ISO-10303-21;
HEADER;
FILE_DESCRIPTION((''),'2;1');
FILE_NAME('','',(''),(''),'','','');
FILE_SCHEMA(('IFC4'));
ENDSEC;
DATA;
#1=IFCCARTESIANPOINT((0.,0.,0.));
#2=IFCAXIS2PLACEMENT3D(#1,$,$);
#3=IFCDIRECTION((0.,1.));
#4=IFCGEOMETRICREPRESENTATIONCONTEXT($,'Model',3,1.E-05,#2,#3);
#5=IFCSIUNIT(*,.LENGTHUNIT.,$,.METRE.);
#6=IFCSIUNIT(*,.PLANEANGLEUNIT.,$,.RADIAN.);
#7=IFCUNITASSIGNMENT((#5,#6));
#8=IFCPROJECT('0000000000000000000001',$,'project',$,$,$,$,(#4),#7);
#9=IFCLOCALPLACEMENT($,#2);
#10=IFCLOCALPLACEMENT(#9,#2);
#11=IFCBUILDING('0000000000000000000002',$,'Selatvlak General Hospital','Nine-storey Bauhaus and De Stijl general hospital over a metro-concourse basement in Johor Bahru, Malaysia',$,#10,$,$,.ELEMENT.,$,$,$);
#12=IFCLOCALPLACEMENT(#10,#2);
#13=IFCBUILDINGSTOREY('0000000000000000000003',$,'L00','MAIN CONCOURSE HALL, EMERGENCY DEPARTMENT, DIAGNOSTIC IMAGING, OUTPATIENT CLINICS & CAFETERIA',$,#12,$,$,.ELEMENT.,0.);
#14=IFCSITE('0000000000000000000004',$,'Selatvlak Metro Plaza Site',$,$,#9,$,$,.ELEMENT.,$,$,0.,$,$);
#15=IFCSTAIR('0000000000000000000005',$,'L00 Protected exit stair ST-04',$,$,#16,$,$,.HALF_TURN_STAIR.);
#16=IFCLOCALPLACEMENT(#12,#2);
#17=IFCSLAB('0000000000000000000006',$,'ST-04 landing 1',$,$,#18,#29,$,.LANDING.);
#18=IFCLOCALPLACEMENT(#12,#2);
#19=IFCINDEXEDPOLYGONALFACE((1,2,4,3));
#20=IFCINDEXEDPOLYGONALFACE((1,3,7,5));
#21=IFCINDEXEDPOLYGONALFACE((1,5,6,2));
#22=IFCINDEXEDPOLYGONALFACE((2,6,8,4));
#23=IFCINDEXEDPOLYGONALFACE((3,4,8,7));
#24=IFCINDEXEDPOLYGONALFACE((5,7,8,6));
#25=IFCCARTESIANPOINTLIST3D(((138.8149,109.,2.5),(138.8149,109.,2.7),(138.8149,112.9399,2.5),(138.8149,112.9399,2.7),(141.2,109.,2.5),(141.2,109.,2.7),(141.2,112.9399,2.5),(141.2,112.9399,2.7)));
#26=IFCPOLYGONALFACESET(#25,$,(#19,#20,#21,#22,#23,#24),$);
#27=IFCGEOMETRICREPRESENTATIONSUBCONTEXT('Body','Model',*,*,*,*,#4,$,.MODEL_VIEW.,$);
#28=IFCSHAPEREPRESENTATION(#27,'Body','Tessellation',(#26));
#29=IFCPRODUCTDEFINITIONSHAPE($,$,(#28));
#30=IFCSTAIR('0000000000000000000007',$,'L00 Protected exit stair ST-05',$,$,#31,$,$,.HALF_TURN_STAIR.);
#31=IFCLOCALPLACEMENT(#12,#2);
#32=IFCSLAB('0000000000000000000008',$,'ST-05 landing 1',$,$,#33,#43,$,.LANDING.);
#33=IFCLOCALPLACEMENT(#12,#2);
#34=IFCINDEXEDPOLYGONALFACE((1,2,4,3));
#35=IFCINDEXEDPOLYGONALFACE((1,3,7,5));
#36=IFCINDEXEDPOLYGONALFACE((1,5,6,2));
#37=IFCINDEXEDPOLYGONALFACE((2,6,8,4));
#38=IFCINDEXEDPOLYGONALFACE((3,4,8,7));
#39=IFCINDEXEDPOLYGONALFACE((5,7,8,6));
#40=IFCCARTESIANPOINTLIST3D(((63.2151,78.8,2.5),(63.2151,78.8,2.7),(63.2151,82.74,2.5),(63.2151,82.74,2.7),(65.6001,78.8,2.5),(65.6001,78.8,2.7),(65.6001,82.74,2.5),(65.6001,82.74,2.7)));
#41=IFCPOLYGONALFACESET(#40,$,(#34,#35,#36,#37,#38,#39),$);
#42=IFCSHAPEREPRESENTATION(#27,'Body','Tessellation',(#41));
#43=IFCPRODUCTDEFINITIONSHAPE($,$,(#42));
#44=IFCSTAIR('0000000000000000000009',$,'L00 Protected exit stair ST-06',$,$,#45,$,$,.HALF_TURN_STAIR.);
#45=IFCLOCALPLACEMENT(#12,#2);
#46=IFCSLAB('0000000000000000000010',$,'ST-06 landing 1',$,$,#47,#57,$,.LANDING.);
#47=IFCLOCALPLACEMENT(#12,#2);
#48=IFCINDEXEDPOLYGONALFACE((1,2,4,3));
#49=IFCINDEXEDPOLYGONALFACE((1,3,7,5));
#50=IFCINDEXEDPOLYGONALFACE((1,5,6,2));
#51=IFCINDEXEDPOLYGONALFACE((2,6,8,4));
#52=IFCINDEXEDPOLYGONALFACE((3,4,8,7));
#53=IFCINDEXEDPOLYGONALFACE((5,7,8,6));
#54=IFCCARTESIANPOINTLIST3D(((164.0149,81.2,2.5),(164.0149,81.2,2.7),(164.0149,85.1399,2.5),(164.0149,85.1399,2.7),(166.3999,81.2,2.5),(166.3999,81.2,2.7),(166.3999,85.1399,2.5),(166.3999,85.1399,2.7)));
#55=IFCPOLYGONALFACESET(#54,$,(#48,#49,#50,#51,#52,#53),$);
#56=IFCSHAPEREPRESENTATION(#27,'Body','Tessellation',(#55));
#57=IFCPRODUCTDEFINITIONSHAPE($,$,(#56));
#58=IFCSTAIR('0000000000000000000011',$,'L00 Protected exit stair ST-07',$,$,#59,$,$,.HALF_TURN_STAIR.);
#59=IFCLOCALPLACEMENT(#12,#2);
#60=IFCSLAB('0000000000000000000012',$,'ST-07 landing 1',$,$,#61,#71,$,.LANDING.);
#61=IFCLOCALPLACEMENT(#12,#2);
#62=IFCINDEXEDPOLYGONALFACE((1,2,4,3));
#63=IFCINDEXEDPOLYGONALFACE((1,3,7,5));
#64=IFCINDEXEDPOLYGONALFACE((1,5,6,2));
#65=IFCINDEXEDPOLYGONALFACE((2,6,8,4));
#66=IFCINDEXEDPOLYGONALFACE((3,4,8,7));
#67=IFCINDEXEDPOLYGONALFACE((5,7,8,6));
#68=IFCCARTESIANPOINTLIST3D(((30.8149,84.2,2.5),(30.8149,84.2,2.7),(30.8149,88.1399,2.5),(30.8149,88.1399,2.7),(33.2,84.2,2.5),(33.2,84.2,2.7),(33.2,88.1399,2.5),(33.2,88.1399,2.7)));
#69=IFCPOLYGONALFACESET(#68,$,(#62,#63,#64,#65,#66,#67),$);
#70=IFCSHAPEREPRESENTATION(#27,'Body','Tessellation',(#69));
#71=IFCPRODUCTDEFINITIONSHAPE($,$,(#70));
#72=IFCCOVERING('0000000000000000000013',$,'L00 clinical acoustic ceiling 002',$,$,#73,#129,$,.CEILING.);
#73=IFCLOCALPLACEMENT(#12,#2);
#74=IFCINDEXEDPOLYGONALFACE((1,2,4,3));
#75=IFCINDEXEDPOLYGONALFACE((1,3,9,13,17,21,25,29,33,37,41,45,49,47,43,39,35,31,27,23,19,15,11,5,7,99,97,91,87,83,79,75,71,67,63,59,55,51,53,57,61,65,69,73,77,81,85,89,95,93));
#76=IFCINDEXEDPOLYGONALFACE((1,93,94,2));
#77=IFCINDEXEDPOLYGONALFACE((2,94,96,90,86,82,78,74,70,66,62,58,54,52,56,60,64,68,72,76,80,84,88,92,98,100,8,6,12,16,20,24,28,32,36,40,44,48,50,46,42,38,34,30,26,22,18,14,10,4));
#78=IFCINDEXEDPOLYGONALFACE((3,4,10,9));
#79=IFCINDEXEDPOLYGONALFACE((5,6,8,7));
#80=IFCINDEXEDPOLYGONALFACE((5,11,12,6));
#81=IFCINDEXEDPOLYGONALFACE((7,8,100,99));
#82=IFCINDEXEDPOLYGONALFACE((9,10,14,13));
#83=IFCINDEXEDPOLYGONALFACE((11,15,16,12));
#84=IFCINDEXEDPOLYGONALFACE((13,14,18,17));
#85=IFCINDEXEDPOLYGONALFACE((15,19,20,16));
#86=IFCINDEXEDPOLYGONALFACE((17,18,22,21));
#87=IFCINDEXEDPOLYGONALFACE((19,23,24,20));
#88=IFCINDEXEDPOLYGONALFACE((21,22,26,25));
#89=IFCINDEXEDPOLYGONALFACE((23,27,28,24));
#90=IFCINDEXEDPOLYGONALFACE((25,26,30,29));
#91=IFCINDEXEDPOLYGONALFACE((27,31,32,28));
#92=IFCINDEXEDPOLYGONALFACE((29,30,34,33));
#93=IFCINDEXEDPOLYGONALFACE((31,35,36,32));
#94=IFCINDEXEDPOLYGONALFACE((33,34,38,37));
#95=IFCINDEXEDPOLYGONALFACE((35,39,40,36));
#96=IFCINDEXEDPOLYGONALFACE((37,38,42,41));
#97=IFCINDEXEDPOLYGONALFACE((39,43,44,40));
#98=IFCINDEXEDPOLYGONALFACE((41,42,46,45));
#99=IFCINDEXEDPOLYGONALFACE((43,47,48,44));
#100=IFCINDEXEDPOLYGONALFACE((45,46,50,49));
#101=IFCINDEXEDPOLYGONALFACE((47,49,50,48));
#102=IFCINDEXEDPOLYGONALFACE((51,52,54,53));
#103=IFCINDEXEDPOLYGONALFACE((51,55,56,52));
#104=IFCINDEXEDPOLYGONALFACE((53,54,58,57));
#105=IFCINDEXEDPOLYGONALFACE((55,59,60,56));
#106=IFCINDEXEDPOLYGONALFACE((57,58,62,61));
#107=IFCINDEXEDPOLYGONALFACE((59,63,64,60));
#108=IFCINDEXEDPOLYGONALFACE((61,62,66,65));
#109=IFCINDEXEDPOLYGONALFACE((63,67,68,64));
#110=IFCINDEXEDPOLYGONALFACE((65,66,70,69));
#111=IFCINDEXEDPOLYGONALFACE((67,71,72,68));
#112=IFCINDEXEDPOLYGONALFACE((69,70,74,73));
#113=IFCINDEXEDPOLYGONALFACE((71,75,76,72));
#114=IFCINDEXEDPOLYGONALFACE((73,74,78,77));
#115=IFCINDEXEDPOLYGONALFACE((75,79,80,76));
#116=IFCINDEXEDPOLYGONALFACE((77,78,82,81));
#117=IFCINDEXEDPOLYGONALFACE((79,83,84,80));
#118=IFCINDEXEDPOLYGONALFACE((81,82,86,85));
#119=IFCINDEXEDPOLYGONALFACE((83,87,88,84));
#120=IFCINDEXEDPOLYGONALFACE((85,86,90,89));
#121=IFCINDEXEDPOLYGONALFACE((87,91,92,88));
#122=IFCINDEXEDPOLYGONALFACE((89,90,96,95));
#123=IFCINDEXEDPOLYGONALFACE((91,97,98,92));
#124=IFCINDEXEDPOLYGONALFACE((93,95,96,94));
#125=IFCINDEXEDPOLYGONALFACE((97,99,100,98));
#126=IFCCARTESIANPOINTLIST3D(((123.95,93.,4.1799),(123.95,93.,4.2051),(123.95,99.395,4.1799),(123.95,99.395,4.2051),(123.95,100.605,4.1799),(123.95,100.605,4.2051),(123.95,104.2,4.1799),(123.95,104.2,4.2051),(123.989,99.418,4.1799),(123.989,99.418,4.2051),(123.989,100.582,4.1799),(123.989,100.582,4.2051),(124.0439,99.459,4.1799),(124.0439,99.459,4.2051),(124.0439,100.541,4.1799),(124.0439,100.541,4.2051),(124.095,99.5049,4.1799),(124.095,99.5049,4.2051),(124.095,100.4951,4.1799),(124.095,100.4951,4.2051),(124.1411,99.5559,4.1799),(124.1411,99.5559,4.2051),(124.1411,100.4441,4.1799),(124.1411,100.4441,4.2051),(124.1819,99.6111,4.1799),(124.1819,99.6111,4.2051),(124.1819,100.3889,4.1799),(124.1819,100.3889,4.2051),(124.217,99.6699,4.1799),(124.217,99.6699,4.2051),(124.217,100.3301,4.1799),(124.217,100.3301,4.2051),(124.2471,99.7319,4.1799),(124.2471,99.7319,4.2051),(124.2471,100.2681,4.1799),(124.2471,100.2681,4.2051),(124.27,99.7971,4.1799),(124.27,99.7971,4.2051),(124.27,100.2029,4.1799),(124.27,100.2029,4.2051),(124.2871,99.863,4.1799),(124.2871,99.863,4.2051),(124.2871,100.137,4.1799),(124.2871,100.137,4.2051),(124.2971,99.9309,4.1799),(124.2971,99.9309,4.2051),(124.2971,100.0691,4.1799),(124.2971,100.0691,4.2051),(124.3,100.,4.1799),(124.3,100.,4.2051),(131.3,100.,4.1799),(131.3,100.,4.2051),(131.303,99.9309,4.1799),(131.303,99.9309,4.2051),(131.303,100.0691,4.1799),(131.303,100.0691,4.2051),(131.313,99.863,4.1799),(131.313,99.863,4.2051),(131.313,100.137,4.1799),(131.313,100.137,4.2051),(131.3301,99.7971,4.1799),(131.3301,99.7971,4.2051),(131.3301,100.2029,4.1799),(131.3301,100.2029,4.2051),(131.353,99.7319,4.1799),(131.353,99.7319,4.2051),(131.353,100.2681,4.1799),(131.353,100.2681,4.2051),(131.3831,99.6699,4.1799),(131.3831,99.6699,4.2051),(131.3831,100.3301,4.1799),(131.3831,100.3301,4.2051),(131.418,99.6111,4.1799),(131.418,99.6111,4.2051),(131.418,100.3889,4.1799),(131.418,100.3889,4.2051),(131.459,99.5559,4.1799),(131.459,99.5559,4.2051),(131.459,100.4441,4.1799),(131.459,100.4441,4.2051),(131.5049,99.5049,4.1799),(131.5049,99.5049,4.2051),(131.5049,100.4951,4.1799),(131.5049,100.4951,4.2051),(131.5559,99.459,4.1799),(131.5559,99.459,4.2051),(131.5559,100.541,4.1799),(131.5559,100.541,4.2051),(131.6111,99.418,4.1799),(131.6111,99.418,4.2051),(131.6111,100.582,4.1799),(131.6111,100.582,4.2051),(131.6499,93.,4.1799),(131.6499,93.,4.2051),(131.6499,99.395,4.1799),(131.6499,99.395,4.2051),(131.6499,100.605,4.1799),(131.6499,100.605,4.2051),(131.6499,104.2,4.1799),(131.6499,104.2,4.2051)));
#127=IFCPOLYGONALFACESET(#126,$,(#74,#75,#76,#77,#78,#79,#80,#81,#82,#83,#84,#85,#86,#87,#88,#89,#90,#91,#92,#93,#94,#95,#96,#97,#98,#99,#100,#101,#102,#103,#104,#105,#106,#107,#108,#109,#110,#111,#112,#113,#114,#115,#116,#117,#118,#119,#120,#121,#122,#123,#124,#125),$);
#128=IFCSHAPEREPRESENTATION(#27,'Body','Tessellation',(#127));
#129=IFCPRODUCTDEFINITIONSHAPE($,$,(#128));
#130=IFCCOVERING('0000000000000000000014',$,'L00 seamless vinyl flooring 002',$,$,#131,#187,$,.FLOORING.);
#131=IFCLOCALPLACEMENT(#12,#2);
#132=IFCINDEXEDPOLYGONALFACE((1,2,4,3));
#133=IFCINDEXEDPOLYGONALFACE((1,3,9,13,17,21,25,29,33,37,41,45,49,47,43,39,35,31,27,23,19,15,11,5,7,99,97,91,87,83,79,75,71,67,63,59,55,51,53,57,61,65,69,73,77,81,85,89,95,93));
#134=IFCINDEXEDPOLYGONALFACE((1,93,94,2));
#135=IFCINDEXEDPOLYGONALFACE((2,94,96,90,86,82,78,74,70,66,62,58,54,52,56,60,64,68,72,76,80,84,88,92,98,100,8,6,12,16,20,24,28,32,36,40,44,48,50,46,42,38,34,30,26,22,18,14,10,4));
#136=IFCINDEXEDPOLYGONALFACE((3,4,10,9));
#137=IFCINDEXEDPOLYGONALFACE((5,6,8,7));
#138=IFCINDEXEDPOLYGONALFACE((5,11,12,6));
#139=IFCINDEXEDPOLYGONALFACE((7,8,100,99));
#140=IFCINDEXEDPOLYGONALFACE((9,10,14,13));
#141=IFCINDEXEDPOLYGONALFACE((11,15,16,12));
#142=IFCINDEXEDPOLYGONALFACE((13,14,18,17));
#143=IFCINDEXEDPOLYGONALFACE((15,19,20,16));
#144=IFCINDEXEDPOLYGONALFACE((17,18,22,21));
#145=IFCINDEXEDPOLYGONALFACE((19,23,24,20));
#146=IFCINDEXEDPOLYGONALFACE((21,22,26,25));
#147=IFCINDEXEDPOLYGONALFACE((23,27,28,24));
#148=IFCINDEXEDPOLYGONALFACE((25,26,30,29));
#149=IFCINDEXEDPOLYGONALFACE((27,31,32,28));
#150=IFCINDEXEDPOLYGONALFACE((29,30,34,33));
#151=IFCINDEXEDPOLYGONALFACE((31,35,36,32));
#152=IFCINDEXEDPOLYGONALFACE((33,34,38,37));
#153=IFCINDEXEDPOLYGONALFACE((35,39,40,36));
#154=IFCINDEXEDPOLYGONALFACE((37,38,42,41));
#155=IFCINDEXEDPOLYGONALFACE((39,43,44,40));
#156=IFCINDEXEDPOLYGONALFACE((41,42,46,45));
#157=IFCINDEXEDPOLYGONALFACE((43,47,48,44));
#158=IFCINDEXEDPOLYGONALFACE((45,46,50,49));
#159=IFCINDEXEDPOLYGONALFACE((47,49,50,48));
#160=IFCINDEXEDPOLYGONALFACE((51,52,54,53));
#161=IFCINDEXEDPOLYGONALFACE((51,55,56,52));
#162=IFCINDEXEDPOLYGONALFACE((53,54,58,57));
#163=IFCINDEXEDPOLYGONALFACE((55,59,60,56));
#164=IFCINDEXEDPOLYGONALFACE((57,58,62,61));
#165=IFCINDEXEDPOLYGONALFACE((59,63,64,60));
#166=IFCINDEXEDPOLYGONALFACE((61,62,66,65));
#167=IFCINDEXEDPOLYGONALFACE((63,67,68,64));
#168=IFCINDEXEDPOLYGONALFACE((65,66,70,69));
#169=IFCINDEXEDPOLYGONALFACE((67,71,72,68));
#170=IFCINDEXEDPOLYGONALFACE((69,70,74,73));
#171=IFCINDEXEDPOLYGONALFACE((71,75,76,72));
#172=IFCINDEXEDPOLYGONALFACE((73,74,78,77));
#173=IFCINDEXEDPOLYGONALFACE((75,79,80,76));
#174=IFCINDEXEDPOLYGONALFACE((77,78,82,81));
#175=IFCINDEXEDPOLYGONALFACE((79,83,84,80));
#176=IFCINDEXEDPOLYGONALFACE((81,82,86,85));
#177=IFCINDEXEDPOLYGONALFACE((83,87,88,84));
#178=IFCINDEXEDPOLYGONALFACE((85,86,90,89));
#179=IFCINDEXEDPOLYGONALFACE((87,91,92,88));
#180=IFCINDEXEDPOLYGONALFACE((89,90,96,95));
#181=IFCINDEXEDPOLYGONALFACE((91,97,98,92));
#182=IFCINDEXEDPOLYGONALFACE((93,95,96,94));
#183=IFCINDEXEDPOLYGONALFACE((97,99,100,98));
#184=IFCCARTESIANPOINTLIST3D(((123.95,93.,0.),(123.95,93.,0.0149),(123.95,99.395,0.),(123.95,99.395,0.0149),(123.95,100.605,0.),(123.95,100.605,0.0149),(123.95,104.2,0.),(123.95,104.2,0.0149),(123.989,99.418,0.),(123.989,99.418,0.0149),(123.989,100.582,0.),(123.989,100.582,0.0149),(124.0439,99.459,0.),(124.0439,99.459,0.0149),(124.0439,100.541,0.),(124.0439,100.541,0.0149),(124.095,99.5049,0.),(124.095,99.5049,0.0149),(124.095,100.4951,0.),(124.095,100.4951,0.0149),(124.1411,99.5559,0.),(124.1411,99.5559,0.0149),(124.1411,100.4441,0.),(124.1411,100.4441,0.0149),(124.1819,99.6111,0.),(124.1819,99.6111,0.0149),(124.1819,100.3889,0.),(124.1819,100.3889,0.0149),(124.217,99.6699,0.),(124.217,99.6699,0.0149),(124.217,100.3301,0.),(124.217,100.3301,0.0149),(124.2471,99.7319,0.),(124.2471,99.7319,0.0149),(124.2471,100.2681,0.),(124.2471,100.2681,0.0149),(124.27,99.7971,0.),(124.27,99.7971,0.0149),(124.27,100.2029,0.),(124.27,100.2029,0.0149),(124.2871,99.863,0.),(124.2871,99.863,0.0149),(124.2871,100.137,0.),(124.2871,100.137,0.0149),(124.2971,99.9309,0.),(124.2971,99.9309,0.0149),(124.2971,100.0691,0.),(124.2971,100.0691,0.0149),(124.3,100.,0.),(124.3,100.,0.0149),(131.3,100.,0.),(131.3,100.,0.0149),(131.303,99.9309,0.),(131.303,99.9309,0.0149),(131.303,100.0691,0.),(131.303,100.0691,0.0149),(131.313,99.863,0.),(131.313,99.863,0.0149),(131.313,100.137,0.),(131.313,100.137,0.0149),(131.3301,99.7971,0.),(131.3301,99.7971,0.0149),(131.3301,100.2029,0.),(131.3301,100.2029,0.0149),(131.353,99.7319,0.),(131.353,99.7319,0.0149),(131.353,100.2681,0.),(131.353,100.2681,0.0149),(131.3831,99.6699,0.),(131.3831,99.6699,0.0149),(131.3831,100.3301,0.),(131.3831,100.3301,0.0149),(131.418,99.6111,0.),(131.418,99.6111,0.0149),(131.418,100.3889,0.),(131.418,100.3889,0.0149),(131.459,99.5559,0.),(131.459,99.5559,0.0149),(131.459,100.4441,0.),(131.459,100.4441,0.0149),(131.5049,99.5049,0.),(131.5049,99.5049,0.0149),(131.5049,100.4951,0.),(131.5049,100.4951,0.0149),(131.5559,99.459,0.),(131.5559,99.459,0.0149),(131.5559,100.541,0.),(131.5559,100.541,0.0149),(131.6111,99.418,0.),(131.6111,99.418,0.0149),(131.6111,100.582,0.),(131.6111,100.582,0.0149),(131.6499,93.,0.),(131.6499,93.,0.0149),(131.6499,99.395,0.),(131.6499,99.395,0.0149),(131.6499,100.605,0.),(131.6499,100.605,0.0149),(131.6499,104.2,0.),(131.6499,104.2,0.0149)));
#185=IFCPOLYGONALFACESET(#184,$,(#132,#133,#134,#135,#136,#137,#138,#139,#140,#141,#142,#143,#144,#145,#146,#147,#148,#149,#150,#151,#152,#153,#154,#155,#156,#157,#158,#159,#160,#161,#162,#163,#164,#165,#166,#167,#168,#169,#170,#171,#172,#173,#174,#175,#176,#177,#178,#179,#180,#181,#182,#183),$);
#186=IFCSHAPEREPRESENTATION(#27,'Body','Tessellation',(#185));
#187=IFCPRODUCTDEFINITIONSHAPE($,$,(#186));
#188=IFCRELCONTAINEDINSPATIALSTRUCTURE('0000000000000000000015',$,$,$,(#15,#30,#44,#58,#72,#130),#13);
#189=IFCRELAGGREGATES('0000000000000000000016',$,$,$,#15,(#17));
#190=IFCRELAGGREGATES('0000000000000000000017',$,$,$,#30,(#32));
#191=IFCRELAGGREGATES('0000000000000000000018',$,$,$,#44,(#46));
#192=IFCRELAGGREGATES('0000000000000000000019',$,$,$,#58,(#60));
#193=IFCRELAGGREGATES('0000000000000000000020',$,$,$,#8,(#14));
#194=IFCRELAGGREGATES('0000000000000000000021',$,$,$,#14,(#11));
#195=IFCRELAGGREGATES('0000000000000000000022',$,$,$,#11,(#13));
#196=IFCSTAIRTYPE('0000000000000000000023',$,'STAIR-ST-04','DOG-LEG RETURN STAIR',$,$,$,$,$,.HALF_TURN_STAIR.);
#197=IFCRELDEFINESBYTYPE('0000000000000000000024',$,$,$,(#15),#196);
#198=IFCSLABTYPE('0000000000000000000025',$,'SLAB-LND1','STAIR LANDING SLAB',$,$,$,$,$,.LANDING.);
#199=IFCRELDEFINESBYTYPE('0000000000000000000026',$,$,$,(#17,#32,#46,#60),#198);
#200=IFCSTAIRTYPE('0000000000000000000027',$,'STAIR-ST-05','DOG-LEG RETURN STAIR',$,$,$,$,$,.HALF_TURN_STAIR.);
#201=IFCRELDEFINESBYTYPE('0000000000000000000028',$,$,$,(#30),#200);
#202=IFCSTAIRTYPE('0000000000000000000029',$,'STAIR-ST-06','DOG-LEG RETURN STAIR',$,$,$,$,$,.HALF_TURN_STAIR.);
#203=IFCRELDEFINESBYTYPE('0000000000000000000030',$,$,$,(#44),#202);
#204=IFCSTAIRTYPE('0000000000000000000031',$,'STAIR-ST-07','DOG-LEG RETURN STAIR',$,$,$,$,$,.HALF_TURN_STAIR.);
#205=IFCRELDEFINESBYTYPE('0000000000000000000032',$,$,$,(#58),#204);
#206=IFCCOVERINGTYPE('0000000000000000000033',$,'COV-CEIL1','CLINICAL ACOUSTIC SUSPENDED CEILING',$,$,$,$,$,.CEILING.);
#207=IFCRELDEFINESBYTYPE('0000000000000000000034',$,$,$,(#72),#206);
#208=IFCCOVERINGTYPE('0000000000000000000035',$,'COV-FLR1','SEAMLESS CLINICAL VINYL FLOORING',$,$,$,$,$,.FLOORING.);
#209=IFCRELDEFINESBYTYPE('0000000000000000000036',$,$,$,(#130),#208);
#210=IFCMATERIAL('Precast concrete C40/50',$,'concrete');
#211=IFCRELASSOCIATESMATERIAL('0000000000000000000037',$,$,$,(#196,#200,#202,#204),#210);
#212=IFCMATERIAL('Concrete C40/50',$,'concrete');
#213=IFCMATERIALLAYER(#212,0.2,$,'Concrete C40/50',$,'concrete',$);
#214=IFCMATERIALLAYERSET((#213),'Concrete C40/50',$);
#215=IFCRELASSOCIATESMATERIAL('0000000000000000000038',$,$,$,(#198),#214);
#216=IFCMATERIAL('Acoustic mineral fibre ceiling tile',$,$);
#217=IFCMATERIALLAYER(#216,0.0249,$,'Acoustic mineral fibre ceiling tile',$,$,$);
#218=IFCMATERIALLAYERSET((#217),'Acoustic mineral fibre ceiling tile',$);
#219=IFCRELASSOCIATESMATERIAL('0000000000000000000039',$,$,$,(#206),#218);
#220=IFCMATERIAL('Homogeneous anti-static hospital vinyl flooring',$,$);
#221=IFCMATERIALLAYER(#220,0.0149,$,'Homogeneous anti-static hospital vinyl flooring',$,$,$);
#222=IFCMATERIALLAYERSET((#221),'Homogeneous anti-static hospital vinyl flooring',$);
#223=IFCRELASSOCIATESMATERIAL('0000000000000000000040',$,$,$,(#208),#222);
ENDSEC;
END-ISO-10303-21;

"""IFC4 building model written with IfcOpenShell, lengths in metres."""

from ifc_helpers import new_model, si_unit, direction, frame, origin, place, context, subcontext, project, spatial, polyline, outline, extrude, material, layer, layer_set, type_object, element, aggregate, save


model = new_model("IFC4")

# Units and contexts
model_context = context("Model", 3, precision=1e-05, world=origin(), true_north=direction((0.0, 1.0)))
body_context = subcontext(model_context, "Body", "Model", "MODEL_VIEW")
ifc_project = project(units=[si_unit("LENGTHUNIT", "METRE"), si_unit("PLANEANGLEUNIT", "RADIAN")], contexts=[model_context])

# Site, building, storey
site_placement = place(None, origin())
site = spatial("IfcSite", under=ifc_project, at=site_placement, Name="Selatvlak Metro Plaza Site", CompositionType="ELEMENT", RefElevation=0.0)
building_placement = place(site_placement, origin())
building = spatial("IfcBuilding", under=site, at=building_placement, Name="Selatvlak General Hospital", Description="Nine-storey Bauhaus and De Stijl general hospital over a metro-concourse basement in Johor Bahru, Malaysia", CompositionType="ELEMENT")
storey_placement = place(building_placement, origin())
storey = spatial("IfcBuildingStorey", under=building, at=storey_placement, Name="L00", Description="MAIN CONCOURSE HALL, EMERGENCY DEPARTMENT, DIAGNOSTIC IMAGING, OUTPATIENT CLINICS & CAFETERIA", CompositionType="ELEMENT", Elevation=0.0)

# Stairs, slabs
ifc_material_1 = material(Name="Precast concrete C40/50", Category="concrete")
stair_type_1 = type_object("IfcStairType", Name="STAIR-ST-04", Description="DOG-LEG RETURN STAIR", PredefinedType="HALF_TURN_STAIR", material=ifc_material_1)
stair_1_placement = place(storey_placement, origin())
stair_1 = element("IfcStair", 1, at=stair_1_placement, inside=storey, type_object=stair_type_1, Name="L00 Protected exit stair ST-04", PredefinedType="HALF_TURN_STAIR")
ifc_material_2 = material(Name="Concrete C40/50", Category="concrete")
ifc_layer_1 = layer(ifc_material_2, 0.2, Name="Concrete C40/50", Category="concrete")
ifc_layer_set_1 = layer_set([ifc_layer_1], Name="Concrete C40/50")
slab_type = type_object("IfcSlabType", Name="SLAB-LND1", Description="STAIR LANDING SLAB", PredefinedType="LANDING", material=ifc_layer_set_1)
slab_1_placement = place(storey_placement, frame((0.0, 0.0, 2.5)))
slab_1 = element("IfcSlab", 2, at=slab_1_placement, type_object=slab_type, Name="ST-04 landing 1", PredefinedType="LANDING", context=body_context, shape_type="SweptSolid", body=[
    extrude(outline(polyline([(138.8149, 109.0), (141.2, 109.0), (141.2, 112.9399), (138.8149, 112.9399), (138.8149, 109.0)])), origin(), (0.0, 0.0, 1.0), 0.2),
])
aggregate(stair_1, [slab_1])
stair_type_2 = type_object("IfcStairType", Name="STAIR-ST-05", Description="DOG-LEG RETURN STAIR", PredefinedType="HALF_TURN_STAIR", material=ifc_material_1)
stair_2_placement = place(storey_placement, origin())
stair_2 = element("IfcStair", 3, at=stair_2_placement, inside=storey, type_object=stair_type_2, Name="L00 Protected exit stair ST-05", PredefinedType="HALF_TURN_STAIR")
slab_2_placement = place(storey_placement, frame((0.0, 0.0, 2.5)))
slab_2 = element("IfcSlab", 4, at=slab_2_placement, type_object=slab_type, Name="ST-05 landing 1", PredefinedType="LANDING", context=body_context, shape_type="SweptSolid", body=[
    extrude(outline(polyline([(63.2151, 78.8), (65.6001, 78.8), (65.6001, 82.74), (63.2151, 82.74), (63.2151, 78.8)])), origin(), (0.0, 0.0, 1.0), 0.2),
])
aggregate(stair_2, [slab_2])
stair_type_3 = type_object("IfcStairType", Name="STAIR-ST-06", Description="DOG-LEG RETURN STAIR", PredefinedType="HALF_TURN_STAIR", material=ifc_material_1)
stair_3_placement = place(storey_placement, origin())
stair_3 = element("IfcStair", 5, at=stair_3_placement, inside=storey, type_object=stair_type_3, Name="L00 Protected exit stair ST-06", PredefinedType="HALF_TURN_STAIR")
slab_3_placement = place(storey_placement, frame((0.0, 0.0, 2.5)))
slab_3 = element("IfcSlab", 6, at=slab_3_placement, type_object=slab_type, Name="ST-06 landing 1", PredefinedType="LANDING", context=body_context, shape_type="SweptSolid", body=[
    extrude(outline(polyline([(164.0149, 81.2), (166.3999, 81.2), (166.3999, 85.1399), (164.0149, 85.1399), (164.0149, 81.2)])), origin(), (0.0, 0.0, 1.0), 0.2),
])
aggregate(stair_3, [slab_3])
stair_type_4 = type_object("IfcStairType", Name="STAIR-ST-07", Description="DOG-LEG RETURN STAIR", PredefinedType="HALF_TURN_STAIR", material=ifc_material_1)
stair_4_placement = place(storey_placement, origin())
stair_4 = element("IfcStair", 7, at=stair_4_placement, inside=storey, type_object=stair_type_4, Name="L00 Protected exit stair ST-07", PredefinedType="HALF_TURN_STAIR")
slab_4_placement = place(storey_placement, frame((0.0, 0.0, 2.5)))
slab_4 = element("IfcSlab", 8, at=slab_4_placement, type_object=slab_type, Name="ST-07 landing 1", PredefinedType="LANDING", context=body_context, shape_type="SweptSolid", body=[
    extrude(outline(polyline([(30.8149, 84.2), (33.2, 84.2), (33.2, 88.1399), (30.8149, 88.1399), (30.8149, 84.2)])), origin(), (0.0, 0.0, 1.0), 0.2),
])
aggregate(stair_4, [slab_4])

# Coverings
ifc_material_3 = material(Name="Acoustic mineral fibre ceiling tile")
ifc_layer_2 = layer(ifc_material_3, 0.0249, Name="Acoustic mineral fibre ceiling tile")
ifc_layer_set_2 = layer_set([ifc_layer_2], Name="Acoustic mineral fibre ceiling tile")
covering_type_1 = type_object("IfcCoveringType", Name="COV-CEIL1", Description="CLINICAL ACOUSTIC SUSPENDED CEILING", PredefinedType="CEILING", material=ifc_layer_set_2)
covering_1_placement = place(storey_placement, frame((0.0, 0.0, 4.1799)))
element("IfcCovering", 9, at=covering_1_placement, inside=storey, type_object=covering_type_1, Name="L00 clinical acoustic ceiling 002", PredefinedType="CEILING", context=body_context, shape_type="SweptSolid", body=[
    extrude(outline(polyline([(131.6499, 104.2), (131.6499, 100.605), (131.6111, 100.582), (131.5559, 100.541), (131.5049, 100.4951), (131.459, 100.4441), (131.418, 100.3889), (131.3831, 100.3301), (131.353, 100.2681), (131.3301, 100.2029), (131.313, 100.137), (131.303, 100.0691), (131.3, 100.0), (131.303, 99.9309), (131.313, 99.863), (131.3301, 99.7971), (131.353, 99.7319), (131.3831, 99.6699), (131.418, 99.6111), (131.459, 99.5559), (131.5049, 99.5049), (131.5559, 99.459), (131.6111, 99.418), (131.6499, 99.395), (131.6499, 93.0), (123.95, 93.0), (123.95, 99.395), (123.989, 99.418), (124.0439, 99.459), (124.095, 99.5049), (124.1411, 99.5559), (124.1819, 99.6111), (124.217, 99.6699), (124.2471, 99.7319), (124.27, 99.7971), (124.2871, 99.863), (124.2971, 99.9309), (124.3, 100.0), (124.2971, 100.0691), (124.2871, 100.137), (124.27, 100.2029), (124.2471, 100.2681), (124.217, 100.3301), (124.1819, 100.3889), (124.1411, 100.4441), (124.095, 100.4951), (124.0439, 100.541), (123.989, 100.582), (123.95, 100.605), (123.95, 104.2), (131.6499, 104.2)])), origin(), (0.0, 0.0, 1.0), 0.0251),
])
ifc_material_4 = material(Name="Homogeneous anti-static hospital vinyl flooring")
ifc_layer_3 = layer(ifc_material_4, 0.0149, Name="Homogeneous anti-static hospital vinyl flooring")
ifc_layer_set_3 = layer_set([ifc_layer_3], Name="Homogeneous anti-static hospital vinyl flooring")
covering_type_2 = type_object("IfcCoveringType", Name="COV-FLR1", Description="SEAMLESS CLINICAL VINYL FLOORING", PredefinedType="FLOORING", material=ifc_layer_set_3)
covering_2_placement = place(storey_placement, origin())
element("IfcCovering", 10, at=covering_2_placement, inside=storey, type_object=covering_type_2, Name="L00 seamless vinyl flooring 002", PredefinedType="FLOORING", context=body_context, shape_type="SweptSolid", body=[
    extrude(outline(polyline([(131.6499, 104.2), (131.6499, 100.605), (131.6111, 100.582), (131.5559, 100.541), (131.5049, 100.4951), (131.459, 100.4441), (131.418, 100.3889), (131.3831, 100.3301), (131.353, 100.2681), (131.3301, 100.2029), (131.313, 100.137), (131.303, 100.0691), (131.3, 100.0), (131.303, 99.9309), (131.313, 99.863), (131.3301, 99.7971), (131.353, 99.7319), (131.3831, 99.6699), (131.418, 99.6111), (131.459, 99.5559), (131.5049, 99.5049), (131.5559, 99.459), (131.6111, 99.418), (131.6499, 99.395), (131.6499, 93.0), (123.95, 93.0), (123.95, 99.395), (123.989, 99.418), (124.0439, 99.459), (124.095, 99.5049), (124.1411, 99.5559), (124.1819, 99.6111), (124.217, 99.6699), (124.2471, 99.7319), (124.27, 99.7971), (124.2871, 99.863), (124.2971, 99.9309), (124.3, 100.0), (124.2971, 100.0691), (124.2871, 100.137), (124.27, 100.2029), (124.2471, 100.2681), (124.217, 100.3301), (124.1819, 100.3889), (124.1411, 100.4441), (124.095, 100.4951), (124.0439, 100.541), (123.989, 100.582), (123.95, 100.605), (123.95, 104.2), (131.6499, 104.2)])), origin(), (0.0, 0.0, 1.0), 0.0149),
])

save(model, "model.ifc")
